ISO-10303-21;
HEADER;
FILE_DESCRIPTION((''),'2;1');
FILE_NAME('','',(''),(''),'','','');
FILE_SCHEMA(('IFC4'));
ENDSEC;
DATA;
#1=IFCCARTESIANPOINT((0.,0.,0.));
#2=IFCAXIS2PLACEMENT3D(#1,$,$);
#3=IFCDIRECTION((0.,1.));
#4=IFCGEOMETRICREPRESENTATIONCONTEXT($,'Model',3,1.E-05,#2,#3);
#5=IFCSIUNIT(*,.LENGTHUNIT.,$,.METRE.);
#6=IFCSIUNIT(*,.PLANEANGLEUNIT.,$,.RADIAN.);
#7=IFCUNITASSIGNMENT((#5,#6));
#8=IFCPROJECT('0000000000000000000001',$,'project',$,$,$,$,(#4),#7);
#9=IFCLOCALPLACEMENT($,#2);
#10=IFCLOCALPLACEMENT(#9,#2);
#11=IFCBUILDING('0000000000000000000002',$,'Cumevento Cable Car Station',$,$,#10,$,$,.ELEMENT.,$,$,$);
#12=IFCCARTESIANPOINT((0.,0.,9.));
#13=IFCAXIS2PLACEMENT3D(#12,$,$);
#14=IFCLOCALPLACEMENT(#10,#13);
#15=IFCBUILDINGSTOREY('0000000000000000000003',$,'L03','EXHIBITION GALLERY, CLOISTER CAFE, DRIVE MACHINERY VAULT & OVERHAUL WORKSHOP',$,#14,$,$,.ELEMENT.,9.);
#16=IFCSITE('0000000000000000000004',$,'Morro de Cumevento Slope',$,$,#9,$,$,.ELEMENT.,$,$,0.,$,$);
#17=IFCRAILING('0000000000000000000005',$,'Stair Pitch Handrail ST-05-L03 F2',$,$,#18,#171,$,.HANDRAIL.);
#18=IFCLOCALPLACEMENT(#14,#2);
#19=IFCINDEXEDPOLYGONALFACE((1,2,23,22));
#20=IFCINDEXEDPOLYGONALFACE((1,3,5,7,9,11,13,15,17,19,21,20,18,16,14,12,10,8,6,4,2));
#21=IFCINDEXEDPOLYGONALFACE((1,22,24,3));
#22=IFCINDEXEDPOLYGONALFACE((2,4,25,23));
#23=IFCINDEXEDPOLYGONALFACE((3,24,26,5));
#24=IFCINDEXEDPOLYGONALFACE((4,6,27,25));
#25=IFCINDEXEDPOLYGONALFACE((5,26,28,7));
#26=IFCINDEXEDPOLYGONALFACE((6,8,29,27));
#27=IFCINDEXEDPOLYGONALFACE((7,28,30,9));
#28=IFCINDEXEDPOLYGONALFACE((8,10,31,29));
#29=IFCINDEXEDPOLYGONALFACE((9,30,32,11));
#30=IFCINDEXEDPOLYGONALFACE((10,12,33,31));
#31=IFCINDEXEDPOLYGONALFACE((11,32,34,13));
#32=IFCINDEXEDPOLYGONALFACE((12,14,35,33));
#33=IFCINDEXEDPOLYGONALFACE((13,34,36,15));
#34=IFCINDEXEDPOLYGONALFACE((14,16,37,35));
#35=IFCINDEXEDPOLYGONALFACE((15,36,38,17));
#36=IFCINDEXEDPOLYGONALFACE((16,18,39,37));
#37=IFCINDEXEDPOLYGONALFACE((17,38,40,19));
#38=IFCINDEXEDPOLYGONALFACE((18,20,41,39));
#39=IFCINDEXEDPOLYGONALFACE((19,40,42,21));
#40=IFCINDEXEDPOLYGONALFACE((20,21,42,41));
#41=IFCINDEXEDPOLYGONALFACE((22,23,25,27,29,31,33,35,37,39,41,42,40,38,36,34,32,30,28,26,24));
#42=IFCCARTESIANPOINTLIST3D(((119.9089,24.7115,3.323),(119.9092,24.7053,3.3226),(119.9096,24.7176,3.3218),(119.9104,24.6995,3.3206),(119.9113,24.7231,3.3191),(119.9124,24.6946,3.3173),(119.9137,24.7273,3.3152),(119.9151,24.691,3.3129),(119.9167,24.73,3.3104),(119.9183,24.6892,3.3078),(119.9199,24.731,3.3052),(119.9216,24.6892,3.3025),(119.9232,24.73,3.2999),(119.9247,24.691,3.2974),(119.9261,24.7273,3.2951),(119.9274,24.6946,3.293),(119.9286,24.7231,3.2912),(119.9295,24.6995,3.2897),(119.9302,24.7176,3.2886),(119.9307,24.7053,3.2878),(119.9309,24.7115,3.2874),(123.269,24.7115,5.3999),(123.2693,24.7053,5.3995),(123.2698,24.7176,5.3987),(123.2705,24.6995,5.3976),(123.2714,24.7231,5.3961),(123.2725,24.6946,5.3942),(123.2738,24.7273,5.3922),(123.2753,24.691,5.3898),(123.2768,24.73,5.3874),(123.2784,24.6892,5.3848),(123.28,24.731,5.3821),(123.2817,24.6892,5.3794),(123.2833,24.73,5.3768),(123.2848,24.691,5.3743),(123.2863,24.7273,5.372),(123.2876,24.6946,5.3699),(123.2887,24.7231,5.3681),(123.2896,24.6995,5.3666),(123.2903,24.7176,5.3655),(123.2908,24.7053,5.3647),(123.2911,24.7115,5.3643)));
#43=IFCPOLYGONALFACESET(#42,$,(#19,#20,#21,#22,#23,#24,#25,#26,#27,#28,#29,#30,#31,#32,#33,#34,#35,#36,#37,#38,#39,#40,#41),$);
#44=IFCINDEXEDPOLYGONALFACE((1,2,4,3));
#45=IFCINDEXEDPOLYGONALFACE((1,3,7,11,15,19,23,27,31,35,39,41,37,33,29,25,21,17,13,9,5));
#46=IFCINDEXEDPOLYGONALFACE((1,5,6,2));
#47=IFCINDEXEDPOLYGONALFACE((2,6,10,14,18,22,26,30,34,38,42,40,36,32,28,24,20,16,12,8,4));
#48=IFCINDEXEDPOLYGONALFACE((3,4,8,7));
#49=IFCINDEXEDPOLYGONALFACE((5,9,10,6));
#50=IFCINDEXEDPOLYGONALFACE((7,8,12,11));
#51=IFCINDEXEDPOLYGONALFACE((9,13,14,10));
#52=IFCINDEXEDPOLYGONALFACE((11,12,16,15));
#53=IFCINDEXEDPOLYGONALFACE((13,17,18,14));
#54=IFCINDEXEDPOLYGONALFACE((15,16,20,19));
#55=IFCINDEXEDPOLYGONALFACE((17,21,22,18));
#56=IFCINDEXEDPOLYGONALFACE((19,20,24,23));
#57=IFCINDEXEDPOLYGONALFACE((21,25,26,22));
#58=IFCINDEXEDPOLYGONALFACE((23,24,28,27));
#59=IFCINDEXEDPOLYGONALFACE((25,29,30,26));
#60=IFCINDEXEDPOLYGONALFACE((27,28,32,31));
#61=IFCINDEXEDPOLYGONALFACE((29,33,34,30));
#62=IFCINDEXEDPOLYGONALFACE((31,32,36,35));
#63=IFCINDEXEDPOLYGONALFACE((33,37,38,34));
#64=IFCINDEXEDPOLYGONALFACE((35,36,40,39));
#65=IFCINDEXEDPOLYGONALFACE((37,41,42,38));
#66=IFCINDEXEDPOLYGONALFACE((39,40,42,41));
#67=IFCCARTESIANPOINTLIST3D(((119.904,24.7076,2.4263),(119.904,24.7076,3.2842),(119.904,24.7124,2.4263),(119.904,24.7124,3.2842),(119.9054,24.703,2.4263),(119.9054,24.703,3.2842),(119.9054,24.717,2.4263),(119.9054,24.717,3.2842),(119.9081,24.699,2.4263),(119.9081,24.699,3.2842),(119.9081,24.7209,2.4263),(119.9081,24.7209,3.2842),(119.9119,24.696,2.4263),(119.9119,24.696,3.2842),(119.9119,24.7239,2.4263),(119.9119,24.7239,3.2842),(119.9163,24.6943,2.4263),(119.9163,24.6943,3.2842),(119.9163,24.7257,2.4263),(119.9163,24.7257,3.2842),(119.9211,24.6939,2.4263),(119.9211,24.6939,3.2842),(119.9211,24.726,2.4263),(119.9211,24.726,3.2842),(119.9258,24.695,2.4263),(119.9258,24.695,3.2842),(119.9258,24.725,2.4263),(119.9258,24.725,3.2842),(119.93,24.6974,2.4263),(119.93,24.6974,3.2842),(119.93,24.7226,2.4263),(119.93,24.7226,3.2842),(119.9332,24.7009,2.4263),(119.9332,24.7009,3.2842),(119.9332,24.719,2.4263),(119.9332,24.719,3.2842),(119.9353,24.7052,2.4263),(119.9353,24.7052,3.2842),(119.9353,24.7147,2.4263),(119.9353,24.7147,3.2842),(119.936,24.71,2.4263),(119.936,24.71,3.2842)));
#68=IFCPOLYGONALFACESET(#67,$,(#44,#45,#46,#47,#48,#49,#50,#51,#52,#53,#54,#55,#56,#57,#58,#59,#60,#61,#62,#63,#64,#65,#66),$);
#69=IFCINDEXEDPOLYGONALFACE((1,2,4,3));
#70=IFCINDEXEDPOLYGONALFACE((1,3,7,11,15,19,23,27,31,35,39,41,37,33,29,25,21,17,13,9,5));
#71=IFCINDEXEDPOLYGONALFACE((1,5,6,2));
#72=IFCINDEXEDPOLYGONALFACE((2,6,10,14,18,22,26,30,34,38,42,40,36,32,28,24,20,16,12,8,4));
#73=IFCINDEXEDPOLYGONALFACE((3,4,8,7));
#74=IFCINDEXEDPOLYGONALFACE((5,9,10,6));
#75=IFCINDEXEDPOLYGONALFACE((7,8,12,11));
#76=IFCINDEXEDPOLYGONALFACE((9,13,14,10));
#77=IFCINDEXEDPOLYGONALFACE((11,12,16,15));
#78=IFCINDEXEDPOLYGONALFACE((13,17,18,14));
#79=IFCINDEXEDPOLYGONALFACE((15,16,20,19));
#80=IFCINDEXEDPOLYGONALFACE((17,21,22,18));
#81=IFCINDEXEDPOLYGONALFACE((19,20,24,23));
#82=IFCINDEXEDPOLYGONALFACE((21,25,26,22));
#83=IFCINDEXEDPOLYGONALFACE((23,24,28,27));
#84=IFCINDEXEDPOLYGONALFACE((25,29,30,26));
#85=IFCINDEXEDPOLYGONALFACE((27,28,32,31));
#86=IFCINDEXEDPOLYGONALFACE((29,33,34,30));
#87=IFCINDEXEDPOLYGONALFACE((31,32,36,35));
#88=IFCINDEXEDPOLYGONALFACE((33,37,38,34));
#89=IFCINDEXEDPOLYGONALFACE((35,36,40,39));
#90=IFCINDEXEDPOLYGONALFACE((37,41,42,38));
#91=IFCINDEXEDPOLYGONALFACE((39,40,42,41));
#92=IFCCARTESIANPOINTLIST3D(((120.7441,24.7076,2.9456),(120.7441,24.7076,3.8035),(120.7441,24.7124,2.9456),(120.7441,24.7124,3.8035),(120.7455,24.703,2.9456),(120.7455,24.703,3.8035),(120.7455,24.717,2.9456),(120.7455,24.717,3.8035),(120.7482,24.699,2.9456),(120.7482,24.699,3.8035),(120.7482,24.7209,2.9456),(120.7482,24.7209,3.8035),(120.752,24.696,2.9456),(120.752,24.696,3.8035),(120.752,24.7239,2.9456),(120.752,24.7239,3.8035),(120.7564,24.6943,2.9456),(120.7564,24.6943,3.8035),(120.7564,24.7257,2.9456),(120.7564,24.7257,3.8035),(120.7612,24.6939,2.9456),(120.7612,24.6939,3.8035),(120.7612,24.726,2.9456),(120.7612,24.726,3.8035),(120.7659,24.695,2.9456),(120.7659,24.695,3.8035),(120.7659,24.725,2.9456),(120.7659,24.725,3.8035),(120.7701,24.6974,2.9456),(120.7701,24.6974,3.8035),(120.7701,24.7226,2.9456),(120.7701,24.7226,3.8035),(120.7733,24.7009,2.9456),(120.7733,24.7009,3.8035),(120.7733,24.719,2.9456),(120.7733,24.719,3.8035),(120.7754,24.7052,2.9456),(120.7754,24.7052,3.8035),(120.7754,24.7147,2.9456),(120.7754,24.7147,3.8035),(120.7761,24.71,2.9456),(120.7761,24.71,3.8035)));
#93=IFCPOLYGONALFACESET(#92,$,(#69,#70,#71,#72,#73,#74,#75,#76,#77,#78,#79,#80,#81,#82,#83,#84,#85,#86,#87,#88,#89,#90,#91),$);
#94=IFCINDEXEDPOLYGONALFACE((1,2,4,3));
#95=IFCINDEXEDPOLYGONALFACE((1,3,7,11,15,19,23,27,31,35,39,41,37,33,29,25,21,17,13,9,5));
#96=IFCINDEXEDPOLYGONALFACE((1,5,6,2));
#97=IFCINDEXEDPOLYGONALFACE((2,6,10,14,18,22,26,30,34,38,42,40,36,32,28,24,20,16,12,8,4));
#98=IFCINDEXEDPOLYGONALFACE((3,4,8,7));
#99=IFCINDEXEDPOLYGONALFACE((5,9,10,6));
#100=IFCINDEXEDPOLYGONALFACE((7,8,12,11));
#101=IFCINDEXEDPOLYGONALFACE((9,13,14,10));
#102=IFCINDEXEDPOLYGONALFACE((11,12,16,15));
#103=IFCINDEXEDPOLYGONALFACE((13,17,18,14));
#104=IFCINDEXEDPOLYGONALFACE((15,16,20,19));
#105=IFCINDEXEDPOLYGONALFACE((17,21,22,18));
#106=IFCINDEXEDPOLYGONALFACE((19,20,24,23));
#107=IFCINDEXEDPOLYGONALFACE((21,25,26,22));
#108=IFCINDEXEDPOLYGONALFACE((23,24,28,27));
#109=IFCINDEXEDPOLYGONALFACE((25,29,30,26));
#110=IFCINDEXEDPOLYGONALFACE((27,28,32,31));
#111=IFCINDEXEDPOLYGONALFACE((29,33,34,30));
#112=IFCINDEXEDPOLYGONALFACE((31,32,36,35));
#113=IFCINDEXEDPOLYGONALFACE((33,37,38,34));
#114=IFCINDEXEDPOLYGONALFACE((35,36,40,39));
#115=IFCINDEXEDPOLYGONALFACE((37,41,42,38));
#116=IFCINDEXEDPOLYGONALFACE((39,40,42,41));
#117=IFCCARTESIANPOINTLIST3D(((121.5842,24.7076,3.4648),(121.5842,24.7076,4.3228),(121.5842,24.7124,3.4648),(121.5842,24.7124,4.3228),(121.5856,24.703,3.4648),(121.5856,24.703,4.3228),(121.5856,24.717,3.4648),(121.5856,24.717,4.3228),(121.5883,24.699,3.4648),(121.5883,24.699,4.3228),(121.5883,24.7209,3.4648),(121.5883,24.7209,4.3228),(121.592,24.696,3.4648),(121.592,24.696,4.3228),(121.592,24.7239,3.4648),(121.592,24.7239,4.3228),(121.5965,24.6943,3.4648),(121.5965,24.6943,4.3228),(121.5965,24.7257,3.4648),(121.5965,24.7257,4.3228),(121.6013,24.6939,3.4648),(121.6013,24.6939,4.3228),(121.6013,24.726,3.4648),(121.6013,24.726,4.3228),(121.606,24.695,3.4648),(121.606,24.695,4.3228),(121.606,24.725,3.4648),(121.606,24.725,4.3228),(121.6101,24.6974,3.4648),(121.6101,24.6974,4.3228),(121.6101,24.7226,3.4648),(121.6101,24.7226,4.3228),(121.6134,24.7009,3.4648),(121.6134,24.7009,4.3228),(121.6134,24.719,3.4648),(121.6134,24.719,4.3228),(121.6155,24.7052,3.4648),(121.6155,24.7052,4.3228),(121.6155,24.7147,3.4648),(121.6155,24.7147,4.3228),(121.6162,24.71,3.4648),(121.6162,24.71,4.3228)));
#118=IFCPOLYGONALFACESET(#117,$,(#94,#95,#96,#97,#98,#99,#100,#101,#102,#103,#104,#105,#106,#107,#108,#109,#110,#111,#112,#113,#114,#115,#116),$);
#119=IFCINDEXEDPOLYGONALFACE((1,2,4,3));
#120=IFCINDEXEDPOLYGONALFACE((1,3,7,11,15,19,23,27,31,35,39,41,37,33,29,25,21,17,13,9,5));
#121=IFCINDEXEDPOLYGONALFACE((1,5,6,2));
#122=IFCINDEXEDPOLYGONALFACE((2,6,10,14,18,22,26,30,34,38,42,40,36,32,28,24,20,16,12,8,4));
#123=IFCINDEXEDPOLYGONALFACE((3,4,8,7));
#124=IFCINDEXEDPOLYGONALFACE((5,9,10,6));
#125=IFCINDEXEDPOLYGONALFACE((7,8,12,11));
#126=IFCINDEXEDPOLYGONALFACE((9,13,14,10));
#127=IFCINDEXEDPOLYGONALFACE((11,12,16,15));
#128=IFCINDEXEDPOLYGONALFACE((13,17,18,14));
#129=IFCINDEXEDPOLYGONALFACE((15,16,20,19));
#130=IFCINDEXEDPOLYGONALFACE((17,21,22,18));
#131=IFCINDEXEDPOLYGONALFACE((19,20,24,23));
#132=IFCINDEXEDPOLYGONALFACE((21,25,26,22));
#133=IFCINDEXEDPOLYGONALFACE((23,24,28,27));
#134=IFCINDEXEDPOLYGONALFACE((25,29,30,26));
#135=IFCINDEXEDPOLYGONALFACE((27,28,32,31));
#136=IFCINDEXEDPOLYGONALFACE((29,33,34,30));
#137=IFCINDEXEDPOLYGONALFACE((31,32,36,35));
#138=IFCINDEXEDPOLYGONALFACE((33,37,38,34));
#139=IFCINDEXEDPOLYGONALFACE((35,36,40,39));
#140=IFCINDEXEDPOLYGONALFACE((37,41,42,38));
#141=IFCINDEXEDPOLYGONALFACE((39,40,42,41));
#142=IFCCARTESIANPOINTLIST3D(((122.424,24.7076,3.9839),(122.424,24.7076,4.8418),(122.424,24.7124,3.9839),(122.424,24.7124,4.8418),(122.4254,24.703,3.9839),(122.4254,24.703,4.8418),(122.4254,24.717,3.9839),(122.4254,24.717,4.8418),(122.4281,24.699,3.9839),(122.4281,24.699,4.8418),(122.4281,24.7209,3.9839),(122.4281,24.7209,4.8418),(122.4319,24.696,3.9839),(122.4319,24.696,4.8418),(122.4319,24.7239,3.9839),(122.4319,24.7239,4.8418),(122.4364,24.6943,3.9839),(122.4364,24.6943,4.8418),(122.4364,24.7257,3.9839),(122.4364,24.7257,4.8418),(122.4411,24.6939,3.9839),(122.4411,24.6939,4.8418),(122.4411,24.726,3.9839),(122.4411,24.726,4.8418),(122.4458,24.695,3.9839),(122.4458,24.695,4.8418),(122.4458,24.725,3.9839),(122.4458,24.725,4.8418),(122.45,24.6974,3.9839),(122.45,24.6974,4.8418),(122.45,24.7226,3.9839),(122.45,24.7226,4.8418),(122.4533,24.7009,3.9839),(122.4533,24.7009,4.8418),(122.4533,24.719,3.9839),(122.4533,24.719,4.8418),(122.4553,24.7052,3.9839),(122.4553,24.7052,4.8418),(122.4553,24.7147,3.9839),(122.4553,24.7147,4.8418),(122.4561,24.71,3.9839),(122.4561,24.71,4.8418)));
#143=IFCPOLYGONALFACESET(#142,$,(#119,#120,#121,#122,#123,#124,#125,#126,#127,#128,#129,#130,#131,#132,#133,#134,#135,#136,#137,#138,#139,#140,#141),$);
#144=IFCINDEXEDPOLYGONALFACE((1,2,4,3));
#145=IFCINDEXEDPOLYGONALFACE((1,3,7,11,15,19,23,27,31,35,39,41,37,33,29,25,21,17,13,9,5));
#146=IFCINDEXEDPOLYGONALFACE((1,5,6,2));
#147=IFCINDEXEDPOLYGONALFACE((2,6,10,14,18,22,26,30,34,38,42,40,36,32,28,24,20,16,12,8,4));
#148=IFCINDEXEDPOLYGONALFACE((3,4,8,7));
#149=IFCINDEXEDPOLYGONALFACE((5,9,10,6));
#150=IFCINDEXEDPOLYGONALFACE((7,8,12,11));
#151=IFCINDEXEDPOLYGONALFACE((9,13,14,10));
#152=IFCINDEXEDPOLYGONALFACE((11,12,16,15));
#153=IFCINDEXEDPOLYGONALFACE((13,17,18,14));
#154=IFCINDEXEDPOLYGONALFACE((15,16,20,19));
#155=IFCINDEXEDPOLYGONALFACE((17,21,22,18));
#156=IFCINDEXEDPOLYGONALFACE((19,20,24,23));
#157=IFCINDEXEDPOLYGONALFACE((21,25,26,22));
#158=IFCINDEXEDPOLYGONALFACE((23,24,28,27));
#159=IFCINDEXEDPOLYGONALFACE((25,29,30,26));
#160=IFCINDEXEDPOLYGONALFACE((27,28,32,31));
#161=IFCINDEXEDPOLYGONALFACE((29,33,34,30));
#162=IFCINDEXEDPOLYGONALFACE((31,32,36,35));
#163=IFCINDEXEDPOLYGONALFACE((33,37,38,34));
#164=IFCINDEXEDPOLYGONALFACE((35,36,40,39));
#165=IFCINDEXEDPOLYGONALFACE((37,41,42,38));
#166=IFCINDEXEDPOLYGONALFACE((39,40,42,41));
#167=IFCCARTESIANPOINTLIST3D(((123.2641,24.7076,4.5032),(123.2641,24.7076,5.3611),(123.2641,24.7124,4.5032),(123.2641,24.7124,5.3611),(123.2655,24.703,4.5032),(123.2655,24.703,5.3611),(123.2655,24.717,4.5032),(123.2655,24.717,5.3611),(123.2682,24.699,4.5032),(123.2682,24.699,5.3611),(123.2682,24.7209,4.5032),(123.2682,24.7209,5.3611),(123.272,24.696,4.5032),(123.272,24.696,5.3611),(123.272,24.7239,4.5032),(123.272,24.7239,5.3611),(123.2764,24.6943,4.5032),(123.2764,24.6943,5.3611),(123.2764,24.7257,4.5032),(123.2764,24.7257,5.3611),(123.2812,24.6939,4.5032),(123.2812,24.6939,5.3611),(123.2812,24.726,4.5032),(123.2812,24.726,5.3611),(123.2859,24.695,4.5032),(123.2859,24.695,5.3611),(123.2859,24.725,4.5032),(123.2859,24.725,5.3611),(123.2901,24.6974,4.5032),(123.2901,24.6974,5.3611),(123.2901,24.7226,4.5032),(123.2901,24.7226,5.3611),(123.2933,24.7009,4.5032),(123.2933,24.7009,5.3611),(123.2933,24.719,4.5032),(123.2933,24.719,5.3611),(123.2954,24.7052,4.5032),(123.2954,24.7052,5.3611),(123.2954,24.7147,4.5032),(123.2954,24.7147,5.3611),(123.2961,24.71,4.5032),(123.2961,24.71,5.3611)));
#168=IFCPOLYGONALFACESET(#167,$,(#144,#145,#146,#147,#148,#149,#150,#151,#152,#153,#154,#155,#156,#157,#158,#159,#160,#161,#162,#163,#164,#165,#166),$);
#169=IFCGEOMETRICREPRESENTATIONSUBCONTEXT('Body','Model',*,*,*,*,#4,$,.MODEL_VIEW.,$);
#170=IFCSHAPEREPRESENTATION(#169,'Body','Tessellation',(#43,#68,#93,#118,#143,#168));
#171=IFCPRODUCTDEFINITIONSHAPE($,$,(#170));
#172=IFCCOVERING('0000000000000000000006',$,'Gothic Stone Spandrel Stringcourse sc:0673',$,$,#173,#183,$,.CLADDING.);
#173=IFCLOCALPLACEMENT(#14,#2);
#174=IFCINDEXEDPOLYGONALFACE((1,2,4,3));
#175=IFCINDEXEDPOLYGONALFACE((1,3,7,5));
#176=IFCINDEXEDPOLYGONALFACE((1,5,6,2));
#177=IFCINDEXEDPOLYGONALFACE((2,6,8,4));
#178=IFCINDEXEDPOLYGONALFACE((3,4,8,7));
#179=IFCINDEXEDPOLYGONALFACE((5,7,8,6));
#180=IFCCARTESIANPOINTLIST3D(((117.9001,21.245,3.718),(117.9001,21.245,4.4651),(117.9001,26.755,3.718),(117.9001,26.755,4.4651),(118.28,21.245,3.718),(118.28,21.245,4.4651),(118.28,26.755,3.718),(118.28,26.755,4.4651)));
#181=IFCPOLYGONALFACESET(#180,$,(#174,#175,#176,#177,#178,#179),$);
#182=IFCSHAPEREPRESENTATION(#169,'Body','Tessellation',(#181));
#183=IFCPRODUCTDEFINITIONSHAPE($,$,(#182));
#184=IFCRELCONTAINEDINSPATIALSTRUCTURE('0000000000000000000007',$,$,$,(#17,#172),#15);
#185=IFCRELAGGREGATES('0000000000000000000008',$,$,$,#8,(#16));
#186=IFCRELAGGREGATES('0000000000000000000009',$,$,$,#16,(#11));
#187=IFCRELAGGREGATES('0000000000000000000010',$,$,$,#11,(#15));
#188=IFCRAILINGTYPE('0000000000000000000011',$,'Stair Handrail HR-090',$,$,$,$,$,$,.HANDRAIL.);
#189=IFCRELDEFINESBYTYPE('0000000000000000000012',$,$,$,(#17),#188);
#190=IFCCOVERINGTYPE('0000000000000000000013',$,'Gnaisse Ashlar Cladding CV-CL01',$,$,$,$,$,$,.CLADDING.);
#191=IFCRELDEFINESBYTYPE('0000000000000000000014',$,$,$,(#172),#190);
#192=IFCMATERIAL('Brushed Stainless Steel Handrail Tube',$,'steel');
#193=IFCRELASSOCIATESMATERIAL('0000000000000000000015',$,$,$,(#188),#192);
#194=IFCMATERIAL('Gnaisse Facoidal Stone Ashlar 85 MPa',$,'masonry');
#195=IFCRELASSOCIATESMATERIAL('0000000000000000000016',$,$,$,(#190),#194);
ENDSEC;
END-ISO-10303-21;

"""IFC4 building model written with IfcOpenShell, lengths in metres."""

from ifc_helpers import new_model, si_unit, direction, frame, origin, origin_2d, place, context, subcontext, project, spatial, rectangle, circle, extrude, material, type_object, element, save


model = new_model("IFC4")

# Units and contexts
model_context = context("Model", 3, precision=1e-05, world=origin(), true_north=direction((0.0, 1.0)))
body_context = subcontext(model_context, "Body", "Model", "MODEL_VIEW")
ifc_project = project(units=[si_unit("LENGTHUNIT", "METRE"), si_unit("PLANEANGLEUNIT", "RADIAN")], contexts=[model_context])

# Site, building, storey
site_placement = place(None, origin())
site = spatial("IfcSite", under=ifc_project, at=site_placement, Name="Morro de Cumevento Slope", CompositionType="ELEMENT", RefElevation=0.0)
building_placement = place(site_placement, origin())
building = spatial("IfcBuilding", under=site, at=building_placement, Name="Cumevento Cable Car Station", CompositionType="ELEMENT")
storey_placement = place(building_placement, frame((0.0, 0.0, 9.0)))
storey = spatial("IfcBuildingStorey", under=building, at=storey_placement, Name="L03", Description="EXHIBITION GALLERY, CLOISTER CAFE, DRIVE MACHINERY VAULT & OVERHAUL WORKSHOP", CompositionType="ELEMENT", Elevation=9.0)

# Railing
ifc_material_1 = material(Name="Brushed Stainless Steel Handrail Tube", Category="steel")
railing_type_1 = type_object("IfcRailingType", Name="Stair Handrail HR-090", PredefinedType="HANDRAIL", material=ifc_material_1)
railing_1_placement = place(storey_placement, frame((119.9199, 24.71, 2.4263)))
element("IfcRailing", 1, at=railing_1_placement, inside=storey, type_object=railing_type_1, Name="Stair Pitch Handrail ST-05-L03 F2", PredefinedType="HANDRAIL", context=body_context, shape_type="SweptSolid", body=[
    extrude(circle(Radius=0.021, at=origin_2d()), frame((0.0, 0.0, 0.8789), z_axis=(0.850623, 0.0, 0.525776), x_axis=(0.0, 1.0, 0.0)), (0.0, 0.0, 1.0), 3.9502),
    extrude(circle(Radius=0.0161, at=origin_2d()), origin(), (0.0, 0.0, 1.0), 0.8579),
    extrude(circle(Radius=0.0161, at=origin_2d()), frame((0.8401, 0.0, 0.5193)), (0.0, 0.0, 1.0), 0.8579),
    extrude(circle(Radius=0.0161, at=origin_2d()), frame((1.6802, 0.0, 1.0386)), (0.0, 0.0, 1.0), 0.8579),
    extrude(circle(Radius=0.0161, at=origin_2d()), frame((2.52, 0.0, 1.5576)), (0.0, 0.0, 1.0), 0.8579),
    extrude(circle(Radius=0.0161, at=origin_2d()), frame((3.3601, 0.0, 2.0769)), (0.0, 0.0, 1.0), 0.8579),
])

# Covering
ifc_material_2 = material(Name="Gnaisse Facoidal Stone Ashlar 85 MPa", Category="masonry")
covering_type = type_object("IfcCoveringType", Name="Gnaisse Ashlar Cladding CV-CL01", PredefinedType="CLADDING", material=ifc_material_2)
covering_1_placement = place(storey_placement, frame((118.0901, 24.0, 3.718), z_axis=(0.0, 0.0, 1.0), x_axis=(0.0, 1.0, 0.0)))
element("IfcCovering", 2, at=covering_1_placement, inside=storey, type_object=covering_type, Name="Gothic Stone Spandrel Stringcourse sc:0673", PredefinedType="CLADDING", context=body_context, shape_type="SweptSolid", body=[
    extrude(rectangle(XDim=5.51, YDim=0.3799, at=origin_2d()), origin(), (0.0, 0.0, 1.0), 0.7471),
])

save(model, "model.ifc")
